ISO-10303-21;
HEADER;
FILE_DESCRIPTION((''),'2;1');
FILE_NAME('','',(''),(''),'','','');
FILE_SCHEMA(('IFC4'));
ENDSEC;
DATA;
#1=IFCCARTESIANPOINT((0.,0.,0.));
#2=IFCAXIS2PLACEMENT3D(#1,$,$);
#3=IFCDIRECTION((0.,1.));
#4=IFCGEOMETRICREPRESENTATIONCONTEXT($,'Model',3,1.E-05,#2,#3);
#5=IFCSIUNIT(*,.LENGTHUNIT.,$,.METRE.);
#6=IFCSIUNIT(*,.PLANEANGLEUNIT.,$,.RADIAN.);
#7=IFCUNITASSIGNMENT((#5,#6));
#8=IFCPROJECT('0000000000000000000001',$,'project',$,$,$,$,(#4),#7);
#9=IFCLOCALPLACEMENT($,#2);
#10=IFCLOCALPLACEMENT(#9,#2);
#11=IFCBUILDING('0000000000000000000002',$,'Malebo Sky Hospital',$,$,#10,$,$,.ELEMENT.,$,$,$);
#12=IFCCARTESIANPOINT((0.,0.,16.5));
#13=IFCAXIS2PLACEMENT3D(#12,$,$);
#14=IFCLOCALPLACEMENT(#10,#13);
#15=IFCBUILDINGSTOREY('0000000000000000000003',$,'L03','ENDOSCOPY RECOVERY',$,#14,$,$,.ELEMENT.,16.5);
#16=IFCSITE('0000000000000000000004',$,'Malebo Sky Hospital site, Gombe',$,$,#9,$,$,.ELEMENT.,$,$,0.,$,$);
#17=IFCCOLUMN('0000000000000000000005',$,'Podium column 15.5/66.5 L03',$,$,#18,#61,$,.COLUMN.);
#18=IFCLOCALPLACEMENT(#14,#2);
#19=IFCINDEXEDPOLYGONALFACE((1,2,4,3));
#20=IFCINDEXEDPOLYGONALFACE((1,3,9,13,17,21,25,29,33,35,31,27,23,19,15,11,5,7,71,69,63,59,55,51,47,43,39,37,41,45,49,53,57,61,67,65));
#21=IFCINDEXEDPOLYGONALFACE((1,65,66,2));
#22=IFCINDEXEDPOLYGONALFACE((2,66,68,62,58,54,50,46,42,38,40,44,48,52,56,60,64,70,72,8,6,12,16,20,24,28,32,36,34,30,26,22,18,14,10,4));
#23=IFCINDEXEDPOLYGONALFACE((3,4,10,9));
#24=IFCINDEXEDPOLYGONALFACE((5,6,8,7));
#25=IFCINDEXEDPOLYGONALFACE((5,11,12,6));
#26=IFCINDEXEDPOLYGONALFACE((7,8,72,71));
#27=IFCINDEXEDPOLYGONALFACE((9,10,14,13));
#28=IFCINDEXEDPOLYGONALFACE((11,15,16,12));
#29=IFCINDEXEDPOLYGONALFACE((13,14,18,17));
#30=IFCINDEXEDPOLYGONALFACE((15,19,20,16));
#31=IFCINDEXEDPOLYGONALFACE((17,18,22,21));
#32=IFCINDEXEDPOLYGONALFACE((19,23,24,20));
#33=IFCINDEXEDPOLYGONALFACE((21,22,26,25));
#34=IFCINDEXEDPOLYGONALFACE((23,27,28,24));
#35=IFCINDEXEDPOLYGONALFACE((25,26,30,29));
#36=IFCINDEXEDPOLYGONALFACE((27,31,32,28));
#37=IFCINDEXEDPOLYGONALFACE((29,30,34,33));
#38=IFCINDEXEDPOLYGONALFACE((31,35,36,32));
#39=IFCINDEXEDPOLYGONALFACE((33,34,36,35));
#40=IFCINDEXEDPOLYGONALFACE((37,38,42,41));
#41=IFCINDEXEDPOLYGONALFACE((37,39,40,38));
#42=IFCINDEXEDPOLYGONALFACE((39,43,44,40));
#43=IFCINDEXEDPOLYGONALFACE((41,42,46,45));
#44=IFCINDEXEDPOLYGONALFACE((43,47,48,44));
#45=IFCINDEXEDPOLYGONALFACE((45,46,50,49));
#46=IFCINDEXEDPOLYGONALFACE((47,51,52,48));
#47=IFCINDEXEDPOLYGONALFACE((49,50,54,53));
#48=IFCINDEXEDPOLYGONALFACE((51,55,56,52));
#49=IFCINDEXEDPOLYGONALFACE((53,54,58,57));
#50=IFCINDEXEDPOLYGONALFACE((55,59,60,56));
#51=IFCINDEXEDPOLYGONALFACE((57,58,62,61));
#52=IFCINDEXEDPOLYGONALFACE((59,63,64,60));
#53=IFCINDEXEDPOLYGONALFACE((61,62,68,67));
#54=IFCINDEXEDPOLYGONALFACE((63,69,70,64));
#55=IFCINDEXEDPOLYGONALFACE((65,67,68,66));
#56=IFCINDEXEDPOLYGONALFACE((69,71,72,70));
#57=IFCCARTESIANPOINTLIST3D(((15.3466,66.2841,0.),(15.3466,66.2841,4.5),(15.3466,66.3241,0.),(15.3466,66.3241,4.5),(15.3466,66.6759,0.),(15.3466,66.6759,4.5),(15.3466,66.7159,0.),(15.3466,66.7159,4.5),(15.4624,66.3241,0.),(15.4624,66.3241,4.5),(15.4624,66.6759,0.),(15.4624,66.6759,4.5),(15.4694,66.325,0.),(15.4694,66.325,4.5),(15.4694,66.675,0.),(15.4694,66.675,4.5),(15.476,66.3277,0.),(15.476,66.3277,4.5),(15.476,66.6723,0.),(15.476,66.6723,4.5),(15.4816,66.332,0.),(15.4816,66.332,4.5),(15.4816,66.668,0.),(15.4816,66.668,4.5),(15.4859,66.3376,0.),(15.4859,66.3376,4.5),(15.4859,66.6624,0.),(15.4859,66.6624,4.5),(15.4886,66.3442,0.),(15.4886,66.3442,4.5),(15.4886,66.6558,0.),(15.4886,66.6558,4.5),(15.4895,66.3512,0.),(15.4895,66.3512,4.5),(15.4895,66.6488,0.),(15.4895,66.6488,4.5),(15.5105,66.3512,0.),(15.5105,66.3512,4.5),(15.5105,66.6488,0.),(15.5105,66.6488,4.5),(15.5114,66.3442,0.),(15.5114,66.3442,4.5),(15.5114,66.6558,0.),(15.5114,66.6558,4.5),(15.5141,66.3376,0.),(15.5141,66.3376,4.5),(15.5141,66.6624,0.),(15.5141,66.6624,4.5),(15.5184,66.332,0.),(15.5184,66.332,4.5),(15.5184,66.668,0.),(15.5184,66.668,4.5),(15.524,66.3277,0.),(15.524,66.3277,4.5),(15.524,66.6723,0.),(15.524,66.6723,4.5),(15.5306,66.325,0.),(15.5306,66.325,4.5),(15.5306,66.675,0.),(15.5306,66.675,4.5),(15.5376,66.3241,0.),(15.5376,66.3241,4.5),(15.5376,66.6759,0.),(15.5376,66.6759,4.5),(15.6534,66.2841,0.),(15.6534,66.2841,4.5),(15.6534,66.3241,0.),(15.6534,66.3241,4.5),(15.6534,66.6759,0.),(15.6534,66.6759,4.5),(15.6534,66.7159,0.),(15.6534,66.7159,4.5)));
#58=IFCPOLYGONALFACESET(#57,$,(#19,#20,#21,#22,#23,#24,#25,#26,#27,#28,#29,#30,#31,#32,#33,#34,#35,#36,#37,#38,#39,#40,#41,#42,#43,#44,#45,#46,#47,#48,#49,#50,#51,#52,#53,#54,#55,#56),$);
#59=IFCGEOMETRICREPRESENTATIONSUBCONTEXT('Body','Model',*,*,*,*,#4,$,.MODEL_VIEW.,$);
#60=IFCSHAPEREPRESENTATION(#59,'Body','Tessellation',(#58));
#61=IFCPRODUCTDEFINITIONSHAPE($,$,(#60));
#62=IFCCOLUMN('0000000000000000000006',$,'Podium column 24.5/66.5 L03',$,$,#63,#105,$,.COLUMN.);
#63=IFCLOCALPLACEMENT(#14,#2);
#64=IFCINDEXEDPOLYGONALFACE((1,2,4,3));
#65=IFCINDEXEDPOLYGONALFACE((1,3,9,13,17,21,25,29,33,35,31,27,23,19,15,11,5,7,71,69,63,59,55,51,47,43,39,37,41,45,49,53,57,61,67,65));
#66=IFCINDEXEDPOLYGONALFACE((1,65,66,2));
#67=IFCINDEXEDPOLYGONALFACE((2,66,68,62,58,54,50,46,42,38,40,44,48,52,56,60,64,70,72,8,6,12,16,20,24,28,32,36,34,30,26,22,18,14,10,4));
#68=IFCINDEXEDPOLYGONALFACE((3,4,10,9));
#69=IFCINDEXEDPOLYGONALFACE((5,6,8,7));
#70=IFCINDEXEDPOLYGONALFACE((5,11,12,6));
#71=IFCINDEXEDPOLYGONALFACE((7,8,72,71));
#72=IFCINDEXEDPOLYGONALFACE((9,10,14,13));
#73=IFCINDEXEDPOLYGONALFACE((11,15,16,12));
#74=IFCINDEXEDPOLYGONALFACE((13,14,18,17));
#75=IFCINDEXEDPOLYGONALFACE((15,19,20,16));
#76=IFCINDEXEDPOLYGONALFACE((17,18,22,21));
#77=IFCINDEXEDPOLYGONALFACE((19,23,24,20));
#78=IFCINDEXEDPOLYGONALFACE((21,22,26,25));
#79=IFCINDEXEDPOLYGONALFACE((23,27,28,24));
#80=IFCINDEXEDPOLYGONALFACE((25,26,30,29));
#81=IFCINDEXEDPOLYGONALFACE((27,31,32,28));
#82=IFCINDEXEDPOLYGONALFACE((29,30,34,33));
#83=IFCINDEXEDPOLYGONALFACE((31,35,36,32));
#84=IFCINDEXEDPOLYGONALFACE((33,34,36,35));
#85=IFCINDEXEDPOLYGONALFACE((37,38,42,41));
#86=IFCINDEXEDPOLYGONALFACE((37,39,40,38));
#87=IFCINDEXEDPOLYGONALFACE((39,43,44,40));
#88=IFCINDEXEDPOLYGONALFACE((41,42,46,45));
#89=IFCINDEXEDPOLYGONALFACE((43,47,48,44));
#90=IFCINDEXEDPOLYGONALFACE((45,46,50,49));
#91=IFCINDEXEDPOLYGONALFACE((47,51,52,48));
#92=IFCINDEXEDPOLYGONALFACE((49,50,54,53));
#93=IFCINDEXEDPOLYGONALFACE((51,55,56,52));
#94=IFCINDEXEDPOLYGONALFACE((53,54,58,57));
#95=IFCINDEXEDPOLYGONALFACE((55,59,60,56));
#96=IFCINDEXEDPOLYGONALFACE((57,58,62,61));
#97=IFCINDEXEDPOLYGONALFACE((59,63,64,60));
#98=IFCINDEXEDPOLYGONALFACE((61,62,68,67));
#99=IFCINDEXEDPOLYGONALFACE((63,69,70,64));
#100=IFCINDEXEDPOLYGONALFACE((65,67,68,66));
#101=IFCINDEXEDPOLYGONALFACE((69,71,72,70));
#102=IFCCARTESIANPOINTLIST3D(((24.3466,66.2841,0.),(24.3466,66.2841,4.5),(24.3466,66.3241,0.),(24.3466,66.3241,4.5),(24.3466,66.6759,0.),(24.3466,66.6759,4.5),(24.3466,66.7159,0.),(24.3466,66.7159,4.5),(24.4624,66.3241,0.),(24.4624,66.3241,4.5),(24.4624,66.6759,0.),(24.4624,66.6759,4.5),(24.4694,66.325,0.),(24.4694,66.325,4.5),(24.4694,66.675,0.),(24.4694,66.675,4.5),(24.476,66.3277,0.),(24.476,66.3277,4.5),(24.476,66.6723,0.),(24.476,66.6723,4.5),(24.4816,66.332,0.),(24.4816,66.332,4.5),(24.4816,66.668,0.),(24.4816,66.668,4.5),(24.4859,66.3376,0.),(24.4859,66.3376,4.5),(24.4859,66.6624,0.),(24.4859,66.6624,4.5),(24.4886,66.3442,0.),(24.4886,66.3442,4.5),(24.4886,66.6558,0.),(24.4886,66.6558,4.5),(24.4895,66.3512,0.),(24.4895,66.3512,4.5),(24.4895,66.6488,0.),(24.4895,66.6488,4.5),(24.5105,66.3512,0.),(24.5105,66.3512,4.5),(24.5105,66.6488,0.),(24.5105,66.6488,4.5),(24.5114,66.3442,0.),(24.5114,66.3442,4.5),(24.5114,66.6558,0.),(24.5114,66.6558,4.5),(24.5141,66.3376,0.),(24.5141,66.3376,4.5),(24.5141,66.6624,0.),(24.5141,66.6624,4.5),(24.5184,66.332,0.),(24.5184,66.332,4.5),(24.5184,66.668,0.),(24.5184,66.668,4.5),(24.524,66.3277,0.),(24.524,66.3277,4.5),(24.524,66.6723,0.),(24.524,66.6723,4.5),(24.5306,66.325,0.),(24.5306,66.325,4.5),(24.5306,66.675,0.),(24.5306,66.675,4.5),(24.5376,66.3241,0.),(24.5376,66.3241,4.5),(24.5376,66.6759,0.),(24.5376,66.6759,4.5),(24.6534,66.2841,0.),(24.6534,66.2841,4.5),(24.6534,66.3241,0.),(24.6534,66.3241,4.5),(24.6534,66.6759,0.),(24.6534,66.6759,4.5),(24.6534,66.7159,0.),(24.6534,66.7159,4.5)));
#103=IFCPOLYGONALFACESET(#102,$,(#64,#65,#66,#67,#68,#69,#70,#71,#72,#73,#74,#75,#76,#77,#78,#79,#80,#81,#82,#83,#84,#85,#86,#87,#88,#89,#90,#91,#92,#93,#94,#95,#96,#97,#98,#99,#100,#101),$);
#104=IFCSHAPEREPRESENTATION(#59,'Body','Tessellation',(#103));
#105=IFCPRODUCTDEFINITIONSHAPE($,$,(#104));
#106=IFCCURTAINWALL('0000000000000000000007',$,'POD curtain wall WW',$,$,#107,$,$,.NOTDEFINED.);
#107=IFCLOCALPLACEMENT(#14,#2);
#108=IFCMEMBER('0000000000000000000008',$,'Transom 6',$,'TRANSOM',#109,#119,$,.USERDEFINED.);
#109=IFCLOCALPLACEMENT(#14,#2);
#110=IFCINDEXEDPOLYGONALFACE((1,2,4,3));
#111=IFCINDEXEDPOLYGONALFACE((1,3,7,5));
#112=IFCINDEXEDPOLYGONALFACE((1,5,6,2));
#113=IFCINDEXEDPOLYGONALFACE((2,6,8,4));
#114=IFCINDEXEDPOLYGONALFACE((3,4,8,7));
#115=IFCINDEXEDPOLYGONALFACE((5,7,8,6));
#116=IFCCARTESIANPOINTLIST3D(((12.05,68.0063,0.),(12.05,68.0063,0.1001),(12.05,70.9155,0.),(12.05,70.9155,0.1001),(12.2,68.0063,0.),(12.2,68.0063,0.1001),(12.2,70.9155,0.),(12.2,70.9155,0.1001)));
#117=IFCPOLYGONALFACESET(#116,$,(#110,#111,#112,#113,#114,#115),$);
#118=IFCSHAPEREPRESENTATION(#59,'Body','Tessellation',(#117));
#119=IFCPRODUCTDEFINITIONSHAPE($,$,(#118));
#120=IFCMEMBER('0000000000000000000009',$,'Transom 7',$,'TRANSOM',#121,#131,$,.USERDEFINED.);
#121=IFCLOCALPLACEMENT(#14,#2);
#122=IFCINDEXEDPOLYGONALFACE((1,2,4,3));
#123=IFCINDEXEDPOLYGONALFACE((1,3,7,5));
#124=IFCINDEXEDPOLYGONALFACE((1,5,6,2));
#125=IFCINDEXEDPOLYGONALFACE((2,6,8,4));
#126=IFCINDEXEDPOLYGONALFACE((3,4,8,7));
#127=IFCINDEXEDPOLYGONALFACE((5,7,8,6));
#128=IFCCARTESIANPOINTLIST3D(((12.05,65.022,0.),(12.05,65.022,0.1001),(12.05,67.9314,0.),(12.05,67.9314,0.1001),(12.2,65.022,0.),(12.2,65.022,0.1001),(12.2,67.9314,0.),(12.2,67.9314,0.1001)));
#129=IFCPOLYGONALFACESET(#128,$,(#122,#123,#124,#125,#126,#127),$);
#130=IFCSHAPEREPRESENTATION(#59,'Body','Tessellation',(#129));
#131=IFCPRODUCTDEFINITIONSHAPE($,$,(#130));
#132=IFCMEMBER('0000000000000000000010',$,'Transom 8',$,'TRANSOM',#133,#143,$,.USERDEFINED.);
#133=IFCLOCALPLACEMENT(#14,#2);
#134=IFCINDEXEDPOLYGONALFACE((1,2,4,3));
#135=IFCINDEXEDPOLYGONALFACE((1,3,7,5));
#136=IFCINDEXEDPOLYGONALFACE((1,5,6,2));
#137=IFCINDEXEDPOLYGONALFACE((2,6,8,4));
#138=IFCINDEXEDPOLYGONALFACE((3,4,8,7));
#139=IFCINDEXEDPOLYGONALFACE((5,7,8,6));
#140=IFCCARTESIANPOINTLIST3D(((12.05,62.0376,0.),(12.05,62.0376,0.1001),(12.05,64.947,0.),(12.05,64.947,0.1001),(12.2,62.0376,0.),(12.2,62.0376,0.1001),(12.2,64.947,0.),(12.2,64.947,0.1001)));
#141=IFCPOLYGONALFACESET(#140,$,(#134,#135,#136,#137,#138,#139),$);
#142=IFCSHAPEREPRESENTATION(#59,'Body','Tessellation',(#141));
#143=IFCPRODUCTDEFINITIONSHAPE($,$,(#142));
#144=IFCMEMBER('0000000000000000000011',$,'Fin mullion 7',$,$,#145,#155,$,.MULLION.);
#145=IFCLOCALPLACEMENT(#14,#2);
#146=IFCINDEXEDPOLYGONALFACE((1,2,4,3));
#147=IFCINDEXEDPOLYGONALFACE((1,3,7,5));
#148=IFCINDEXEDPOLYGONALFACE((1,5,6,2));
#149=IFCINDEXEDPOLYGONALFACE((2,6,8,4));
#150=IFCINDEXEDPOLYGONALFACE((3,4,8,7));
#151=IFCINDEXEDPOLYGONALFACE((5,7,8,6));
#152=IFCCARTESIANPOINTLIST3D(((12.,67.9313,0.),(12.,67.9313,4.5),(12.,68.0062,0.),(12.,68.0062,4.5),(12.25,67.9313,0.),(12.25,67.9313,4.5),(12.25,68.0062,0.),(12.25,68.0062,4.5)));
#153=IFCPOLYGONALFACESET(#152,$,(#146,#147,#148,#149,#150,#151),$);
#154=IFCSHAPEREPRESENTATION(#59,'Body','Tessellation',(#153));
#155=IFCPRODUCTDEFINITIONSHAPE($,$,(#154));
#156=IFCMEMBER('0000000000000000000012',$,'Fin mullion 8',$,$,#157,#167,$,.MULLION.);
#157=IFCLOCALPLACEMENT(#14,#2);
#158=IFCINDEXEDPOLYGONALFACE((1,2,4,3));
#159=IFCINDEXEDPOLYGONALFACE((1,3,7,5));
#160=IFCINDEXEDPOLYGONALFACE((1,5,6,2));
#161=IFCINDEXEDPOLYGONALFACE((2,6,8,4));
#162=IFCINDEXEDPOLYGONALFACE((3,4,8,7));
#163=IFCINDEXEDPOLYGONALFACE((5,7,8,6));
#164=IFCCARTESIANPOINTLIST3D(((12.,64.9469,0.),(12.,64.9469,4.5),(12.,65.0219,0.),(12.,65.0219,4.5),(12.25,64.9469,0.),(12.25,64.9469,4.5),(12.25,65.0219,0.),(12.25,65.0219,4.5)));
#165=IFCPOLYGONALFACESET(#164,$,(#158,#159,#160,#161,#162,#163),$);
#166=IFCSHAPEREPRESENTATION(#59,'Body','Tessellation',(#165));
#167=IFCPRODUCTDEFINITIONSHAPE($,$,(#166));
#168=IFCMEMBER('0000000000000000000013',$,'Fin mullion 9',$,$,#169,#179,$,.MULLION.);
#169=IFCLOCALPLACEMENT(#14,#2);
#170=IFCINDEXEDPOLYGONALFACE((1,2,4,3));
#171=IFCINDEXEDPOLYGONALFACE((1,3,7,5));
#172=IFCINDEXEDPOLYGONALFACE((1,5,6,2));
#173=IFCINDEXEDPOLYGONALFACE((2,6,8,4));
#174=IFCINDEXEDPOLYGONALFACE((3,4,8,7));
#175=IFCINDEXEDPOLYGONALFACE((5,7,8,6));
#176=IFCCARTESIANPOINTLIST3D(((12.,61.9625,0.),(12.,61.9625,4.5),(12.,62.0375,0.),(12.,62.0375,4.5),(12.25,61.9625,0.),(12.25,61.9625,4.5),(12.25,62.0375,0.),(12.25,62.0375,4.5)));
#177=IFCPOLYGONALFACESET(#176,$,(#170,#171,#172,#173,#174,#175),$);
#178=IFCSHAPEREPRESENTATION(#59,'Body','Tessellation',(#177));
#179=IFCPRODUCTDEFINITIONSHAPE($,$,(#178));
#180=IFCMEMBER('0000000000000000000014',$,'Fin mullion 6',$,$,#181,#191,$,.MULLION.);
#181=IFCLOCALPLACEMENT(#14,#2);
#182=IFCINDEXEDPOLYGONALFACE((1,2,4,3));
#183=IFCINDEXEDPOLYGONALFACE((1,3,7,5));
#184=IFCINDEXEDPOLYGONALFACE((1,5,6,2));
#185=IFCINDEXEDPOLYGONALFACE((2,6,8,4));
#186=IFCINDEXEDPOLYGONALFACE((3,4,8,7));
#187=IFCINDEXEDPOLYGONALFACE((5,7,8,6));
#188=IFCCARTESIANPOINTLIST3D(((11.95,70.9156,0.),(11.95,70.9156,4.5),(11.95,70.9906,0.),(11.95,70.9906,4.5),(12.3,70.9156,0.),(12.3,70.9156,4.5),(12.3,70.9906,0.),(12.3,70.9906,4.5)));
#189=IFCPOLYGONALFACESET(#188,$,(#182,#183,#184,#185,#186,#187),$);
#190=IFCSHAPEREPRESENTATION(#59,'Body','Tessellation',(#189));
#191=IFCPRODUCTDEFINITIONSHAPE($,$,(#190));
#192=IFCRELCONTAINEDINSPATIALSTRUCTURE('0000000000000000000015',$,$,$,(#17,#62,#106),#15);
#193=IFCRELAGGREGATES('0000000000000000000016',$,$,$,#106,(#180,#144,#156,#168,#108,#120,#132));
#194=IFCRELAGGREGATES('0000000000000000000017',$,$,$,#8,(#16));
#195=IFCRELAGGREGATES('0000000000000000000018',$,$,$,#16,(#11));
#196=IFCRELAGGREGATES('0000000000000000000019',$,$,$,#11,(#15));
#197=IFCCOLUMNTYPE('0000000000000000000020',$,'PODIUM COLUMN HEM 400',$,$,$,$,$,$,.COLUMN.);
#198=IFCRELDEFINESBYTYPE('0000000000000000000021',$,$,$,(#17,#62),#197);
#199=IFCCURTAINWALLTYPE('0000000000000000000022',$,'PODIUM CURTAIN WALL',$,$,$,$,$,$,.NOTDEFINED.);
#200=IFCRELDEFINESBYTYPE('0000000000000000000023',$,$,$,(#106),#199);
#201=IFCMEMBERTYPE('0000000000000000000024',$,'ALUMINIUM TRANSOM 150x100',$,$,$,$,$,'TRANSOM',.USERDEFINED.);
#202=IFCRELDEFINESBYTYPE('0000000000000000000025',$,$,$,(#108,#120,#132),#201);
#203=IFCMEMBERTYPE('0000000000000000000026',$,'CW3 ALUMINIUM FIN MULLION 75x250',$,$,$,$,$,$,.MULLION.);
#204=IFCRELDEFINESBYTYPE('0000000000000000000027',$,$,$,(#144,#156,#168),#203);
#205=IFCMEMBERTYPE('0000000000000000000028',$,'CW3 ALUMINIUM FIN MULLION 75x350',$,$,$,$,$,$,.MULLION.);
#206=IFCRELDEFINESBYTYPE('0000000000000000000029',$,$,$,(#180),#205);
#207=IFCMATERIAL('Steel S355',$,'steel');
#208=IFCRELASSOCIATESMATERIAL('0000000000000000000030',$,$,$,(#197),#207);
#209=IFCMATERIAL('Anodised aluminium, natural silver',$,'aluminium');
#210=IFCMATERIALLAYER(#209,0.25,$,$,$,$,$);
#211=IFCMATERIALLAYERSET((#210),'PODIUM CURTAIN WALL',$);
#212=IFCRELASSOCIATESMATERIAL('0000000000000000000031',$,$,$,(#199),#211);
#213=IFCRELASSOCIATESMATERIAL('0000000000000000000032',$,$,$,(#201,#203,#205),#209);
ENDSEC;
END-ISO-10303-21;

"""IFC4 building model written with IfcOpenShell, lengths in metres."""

from ifc_helpers import new_model, si_unit, direction, frame, origin, origin_2d, place, context, subcontext, project, spatial, rectangle, i_section, extrude, material, layer, layer_set, material_profile, profile_set, type_object, element, aggregate, save


model = new_model("IFC4")

# Units and contexts
model_context = context("Model", 3, precision=1e-05, world=origin(), true_north=direction((0.0, 1.0)))
body_context = subcontext(model_context, "Body", "Model", "MODEL_VIEW")
ifc_project = project(units=[si_unit("LENGTHUNIT", "METRE"), si_unit("PLANEANGLEUNIT", "RADIAN")], contexts=[model_context])

# Site, building, storey
site_placement = place(None, origin())
site = spatial("IfcSite", under=ifc_project, at=site_placement, Name="Malebo Sky Hospital site, Gombe", CompositionType="ELEMENT", RefElevation=0.0)
building_placement = place(site_placement, origin())
building = spatial("IfcBuilding", under=site, at=building_placement, Name="Malebo Sky Hospital", CompositionType="ELEMENT")
storey_placement = place(building_placement, frame((0.0, 0.0, 16.5)))
storey = spatial("IfcBuildingStorey", under=building, at=storey_placement, Name="L03", Description="ENDOSCOPY RECOVERY", CompositionType="ELEMENT", Elevation=16.5)

# Columns
ifc_material_1 = material(Name="Steel S355", Category="steel")
ifc_material_profile_1 = material_profile(ifc_material_1, i_section(OverallWidth=0.3069, OverallDepth=0.4319, WebThickness=0.021, FlangeThickness=0.04, FilletRadius=0.0271, at=origin_2d()), Name="HEM 400")
ifc_profile_set_1 = profile_set([ifc_material_profile_1], Name="Steel S355")
column_type = type_object("IfcColumnType", Name="PODIUM COLUMN HEM 400", PredefinedType="COLUMN", material=ifc_profile_set_1)
for number, where, z_axis, x_axis, name in (
    (1, (15.5, 66.5, 0.0), (0.0, 0.0, 1.0), (1.0, 0.0, 0.0), "Podium column 15.5/66.5 L03"),
    (2, (24.5, 66.5, 0.0), (0.0, 0.0, 1.0), (1.0, 0.0, 0.0), "Podium column 24.5/66.5 L03"),
):
    element("IfcColumn", number, at=place(storey_placement, frame(where, z_axis=z_axis, x_axis=x_axis)), inside=storey, type_object=column_type, Name=name, PredefinedType="COLUMN", context=body_context, shape_type="SweptSolid", body=[
        extrude(i_section(OverallWidth=0.3069, OverallDepth=0.4319, WebThickness=0.021, FlangeThickness=0.04, FilletRadius=0.0271, at=origin_2d()), origin(), (0.0, 0.0, 1.0), 4.5),
    ])

# Curtain wall, members
ifc_material_2 = material(Name="Anodised aluminium, natural silver", Category="aluminium")
ifc_layer_1 = layer(ifc_material_2, 0.25)
ifc_layer_set_1 = layer_set([ifc_layer_1], Name="PODIUM CURTAIN WALL")
curtain_wall_type = type_object("IfcCurtainWallType", Name="PODIUM CURTAIN WALL", PredefinedType="NOTDEFINED", material=ifc_layer_set_1)
curtain_wall_placement = place(storey_placement, origin())
curtain_wall = element("IfcCurtainWall", 3, at=curtain_wall_placement, inside=storey, type_object=curtain_wall_type, Name="POD curtain wall WW", PredefinedType="NOTDEFINED")
ifc_material_profile_2 = material_profile(ifc_material_2, rectangle(XDim=0.1499, YDim=0.1001, at=origin_2d()), Name="ALUMINIUM TRANSOM 150x100")
ifc_profile_set_2 = profile_set([ifc_material_profile_2], Name="Anodised aluminium, natural silver")
member_type_1 = type_object("IfcMemberType", Name="ALUMINIUM TRANSOM 150x100", ElementType="TRANSOM", PredefinedType="USERDEFINED", material=ifc_profile_set_2)
member_1_placement = place(storey_placement, frame((12.125, 70.9155, 0.05), z_axis=(0.0, -1.0, 0.0), x_axis=(1.0, 0.0, 0.0)))
member_1 = element("IfcMember", 4, at=member_1_placement, type_object=member_type_1, Name="Transom 6", ObjectType="TRANSOM", PredefinedType="USERDEFINED", context=body_context, shape_type="SweptSolid", body=[
    extrude(rectangle(XDim=0.1499, YDim=0.1001, at=origin_2d()), origin(), (0.0, 0.0, 1.0), 2.9092),
])
member_2_placement = place(storey_placement, frame((12.125, 67.9314, 0.05), z_axis=(0.0, -1.0, 0.0), x_axis=(1.0, 0.0, 0.0)))
member_2 = element("IfcMember", 5, at=member_2_placement, type_object=member_type_1, Name="Transom 7", ObjectType="TRANSOM", PredefinedType="USERDEFINED", context=body_context, shape_type="SweptSolid", body=[
    extrude(rectangle(XDim=0.1499, YDim=0.1001, at=origin_2d()), origin(), (0.0, 0.0, 1.0), 2.9094),
])
member_3_placement = place(storey_placement, frame((12.125, 64.947, 0.05), z_axis=(0.0, -1.0, 0.0), x_axis=(1.0, 0.0, 0.0)))
member_3 = element("IfcMember", 6, at=member_3_placement, type_object=member_type_1, Name="Transom 8", ObjectType="TRANSOM", PredefinedType="USERDEFINED", context=body_context, shape_type="SweptSolid", body=[
    extrude(rectangle(XDim=0.1499, YDim=0.1001, at=origin_2d()), origin(), (0.0, 0.0, 1.0), 2.9094),
])
ifc_material_profile_3 = material_profile(ifc_material_2, rectangle(XDim=0.075, YDim=0.25, at=origin_2d()), Name="CW3 ALUMINIUM FIN MULLION 75x250")
ifc_profile_set_3 = profile_set([ifc_material_profile_3], Name="Anodised aluminium, natural silver")
member_type_2 = type_object("IfcMemberType", Name="CW3 ALUMINIUM FIN MULLION 75x250", PredefinedType="MULLION", material=ifc_profile_set_3)
member_4_placement = place(storey_placement, frame((12.125, 67.9688, 0.0), z_axis=(0.0, 0.0, 1.0), x_axis=(0.0, -1.0, 0.0)))
member_4 = element("IfcMember", 7, at=member_4_placement, type_object=member_type_2, Name="Fin mullion 7", PredefinedType="MULLION", context=body_context, shape_type="SweptSolid", body=[
    extrude(rectangle(XDim=0.075, YDim=0.25, at=origin_2d()), origin(), (0.0, 0.0, 1.0), 4.5),
])
member_5_placement = place(storey_placement, frame((12.125, 64.9844, 0.0), z_axis=(0.0, 0.0, 1.0), x_axis=(0.0, -1.0, 0.0)))
member_5 = element("IfcMember", 8, at=member_5_placement, type_object=member_type_2, Name="Fin mullion 8", PredefinedType="MULLION", context=body_context, shape_type="SweptSolid", body=[
    extrude(rectangle(XDim=0.075, YDim=0.25, at=origin_2d()), origin(), (0.0, 0.0, 1.0), 4.5),
])
member_6_placement = place(storey_placement, frame((12.125, 62.0, 0.0), z_axis=(0.0, 0.0, 1.0), x_axis=(0.0, -1.0, 0.0)))
member_6 = element("IfcMember", 9, at=member_6_placement, type_object=member_type_2, Name="Fin mullion 9", PredefinedType="MULLION", context=body_context, shape_type="SweptSolid", body=[
    extrude(rectangle(XDim=0.075, YDim=0.25, at=origin_2d()), origin(), (0.0, 0.0, 1.0), 4.5),
])
ifc_material_profile_4 = material_profile(ifc_material_2, rectangle(XDim=0.075, YDim=0.3501, at=origin_2d()), Name="CW3 ALUMINIUM FIN MULLION 75x350")
ifc_profile_set_4 = profile_set([ifc_material_profile_4], Name="Anodised aluminium, natural silver")
member_type_3 = type_object("IfcMemberType", Name="CW3 ALUMINIUM FIN MULLION 75x350", PredefinedType="MULLION", material=ifc_profile_set_4)
member_7_placement = place(storey_placement, frame((12.125, 70.9531, 0.0), z_axis=(0.0, 0.0, 1.0), x_axis=(0.0, -1.0, 0.0)))
member_7 = element("IfcMember", 10, at=member_7_placement, type_object=member_type_3, Name="Fin mullion 6", PredefinedType="MULLION", context=body_context, shape_type="SweptSolid", body=[
    extrude(rectangle(XDim=0.075, YDim=0.3501, at=origin_2d()), origin(), (0.0, 0.0, 1.0), 4.5),
])

aggregate(curtain_wall, [member_7, member_4, member_5, member_6, member_1, member_2, member_3])

save(model, "model.ifc")
